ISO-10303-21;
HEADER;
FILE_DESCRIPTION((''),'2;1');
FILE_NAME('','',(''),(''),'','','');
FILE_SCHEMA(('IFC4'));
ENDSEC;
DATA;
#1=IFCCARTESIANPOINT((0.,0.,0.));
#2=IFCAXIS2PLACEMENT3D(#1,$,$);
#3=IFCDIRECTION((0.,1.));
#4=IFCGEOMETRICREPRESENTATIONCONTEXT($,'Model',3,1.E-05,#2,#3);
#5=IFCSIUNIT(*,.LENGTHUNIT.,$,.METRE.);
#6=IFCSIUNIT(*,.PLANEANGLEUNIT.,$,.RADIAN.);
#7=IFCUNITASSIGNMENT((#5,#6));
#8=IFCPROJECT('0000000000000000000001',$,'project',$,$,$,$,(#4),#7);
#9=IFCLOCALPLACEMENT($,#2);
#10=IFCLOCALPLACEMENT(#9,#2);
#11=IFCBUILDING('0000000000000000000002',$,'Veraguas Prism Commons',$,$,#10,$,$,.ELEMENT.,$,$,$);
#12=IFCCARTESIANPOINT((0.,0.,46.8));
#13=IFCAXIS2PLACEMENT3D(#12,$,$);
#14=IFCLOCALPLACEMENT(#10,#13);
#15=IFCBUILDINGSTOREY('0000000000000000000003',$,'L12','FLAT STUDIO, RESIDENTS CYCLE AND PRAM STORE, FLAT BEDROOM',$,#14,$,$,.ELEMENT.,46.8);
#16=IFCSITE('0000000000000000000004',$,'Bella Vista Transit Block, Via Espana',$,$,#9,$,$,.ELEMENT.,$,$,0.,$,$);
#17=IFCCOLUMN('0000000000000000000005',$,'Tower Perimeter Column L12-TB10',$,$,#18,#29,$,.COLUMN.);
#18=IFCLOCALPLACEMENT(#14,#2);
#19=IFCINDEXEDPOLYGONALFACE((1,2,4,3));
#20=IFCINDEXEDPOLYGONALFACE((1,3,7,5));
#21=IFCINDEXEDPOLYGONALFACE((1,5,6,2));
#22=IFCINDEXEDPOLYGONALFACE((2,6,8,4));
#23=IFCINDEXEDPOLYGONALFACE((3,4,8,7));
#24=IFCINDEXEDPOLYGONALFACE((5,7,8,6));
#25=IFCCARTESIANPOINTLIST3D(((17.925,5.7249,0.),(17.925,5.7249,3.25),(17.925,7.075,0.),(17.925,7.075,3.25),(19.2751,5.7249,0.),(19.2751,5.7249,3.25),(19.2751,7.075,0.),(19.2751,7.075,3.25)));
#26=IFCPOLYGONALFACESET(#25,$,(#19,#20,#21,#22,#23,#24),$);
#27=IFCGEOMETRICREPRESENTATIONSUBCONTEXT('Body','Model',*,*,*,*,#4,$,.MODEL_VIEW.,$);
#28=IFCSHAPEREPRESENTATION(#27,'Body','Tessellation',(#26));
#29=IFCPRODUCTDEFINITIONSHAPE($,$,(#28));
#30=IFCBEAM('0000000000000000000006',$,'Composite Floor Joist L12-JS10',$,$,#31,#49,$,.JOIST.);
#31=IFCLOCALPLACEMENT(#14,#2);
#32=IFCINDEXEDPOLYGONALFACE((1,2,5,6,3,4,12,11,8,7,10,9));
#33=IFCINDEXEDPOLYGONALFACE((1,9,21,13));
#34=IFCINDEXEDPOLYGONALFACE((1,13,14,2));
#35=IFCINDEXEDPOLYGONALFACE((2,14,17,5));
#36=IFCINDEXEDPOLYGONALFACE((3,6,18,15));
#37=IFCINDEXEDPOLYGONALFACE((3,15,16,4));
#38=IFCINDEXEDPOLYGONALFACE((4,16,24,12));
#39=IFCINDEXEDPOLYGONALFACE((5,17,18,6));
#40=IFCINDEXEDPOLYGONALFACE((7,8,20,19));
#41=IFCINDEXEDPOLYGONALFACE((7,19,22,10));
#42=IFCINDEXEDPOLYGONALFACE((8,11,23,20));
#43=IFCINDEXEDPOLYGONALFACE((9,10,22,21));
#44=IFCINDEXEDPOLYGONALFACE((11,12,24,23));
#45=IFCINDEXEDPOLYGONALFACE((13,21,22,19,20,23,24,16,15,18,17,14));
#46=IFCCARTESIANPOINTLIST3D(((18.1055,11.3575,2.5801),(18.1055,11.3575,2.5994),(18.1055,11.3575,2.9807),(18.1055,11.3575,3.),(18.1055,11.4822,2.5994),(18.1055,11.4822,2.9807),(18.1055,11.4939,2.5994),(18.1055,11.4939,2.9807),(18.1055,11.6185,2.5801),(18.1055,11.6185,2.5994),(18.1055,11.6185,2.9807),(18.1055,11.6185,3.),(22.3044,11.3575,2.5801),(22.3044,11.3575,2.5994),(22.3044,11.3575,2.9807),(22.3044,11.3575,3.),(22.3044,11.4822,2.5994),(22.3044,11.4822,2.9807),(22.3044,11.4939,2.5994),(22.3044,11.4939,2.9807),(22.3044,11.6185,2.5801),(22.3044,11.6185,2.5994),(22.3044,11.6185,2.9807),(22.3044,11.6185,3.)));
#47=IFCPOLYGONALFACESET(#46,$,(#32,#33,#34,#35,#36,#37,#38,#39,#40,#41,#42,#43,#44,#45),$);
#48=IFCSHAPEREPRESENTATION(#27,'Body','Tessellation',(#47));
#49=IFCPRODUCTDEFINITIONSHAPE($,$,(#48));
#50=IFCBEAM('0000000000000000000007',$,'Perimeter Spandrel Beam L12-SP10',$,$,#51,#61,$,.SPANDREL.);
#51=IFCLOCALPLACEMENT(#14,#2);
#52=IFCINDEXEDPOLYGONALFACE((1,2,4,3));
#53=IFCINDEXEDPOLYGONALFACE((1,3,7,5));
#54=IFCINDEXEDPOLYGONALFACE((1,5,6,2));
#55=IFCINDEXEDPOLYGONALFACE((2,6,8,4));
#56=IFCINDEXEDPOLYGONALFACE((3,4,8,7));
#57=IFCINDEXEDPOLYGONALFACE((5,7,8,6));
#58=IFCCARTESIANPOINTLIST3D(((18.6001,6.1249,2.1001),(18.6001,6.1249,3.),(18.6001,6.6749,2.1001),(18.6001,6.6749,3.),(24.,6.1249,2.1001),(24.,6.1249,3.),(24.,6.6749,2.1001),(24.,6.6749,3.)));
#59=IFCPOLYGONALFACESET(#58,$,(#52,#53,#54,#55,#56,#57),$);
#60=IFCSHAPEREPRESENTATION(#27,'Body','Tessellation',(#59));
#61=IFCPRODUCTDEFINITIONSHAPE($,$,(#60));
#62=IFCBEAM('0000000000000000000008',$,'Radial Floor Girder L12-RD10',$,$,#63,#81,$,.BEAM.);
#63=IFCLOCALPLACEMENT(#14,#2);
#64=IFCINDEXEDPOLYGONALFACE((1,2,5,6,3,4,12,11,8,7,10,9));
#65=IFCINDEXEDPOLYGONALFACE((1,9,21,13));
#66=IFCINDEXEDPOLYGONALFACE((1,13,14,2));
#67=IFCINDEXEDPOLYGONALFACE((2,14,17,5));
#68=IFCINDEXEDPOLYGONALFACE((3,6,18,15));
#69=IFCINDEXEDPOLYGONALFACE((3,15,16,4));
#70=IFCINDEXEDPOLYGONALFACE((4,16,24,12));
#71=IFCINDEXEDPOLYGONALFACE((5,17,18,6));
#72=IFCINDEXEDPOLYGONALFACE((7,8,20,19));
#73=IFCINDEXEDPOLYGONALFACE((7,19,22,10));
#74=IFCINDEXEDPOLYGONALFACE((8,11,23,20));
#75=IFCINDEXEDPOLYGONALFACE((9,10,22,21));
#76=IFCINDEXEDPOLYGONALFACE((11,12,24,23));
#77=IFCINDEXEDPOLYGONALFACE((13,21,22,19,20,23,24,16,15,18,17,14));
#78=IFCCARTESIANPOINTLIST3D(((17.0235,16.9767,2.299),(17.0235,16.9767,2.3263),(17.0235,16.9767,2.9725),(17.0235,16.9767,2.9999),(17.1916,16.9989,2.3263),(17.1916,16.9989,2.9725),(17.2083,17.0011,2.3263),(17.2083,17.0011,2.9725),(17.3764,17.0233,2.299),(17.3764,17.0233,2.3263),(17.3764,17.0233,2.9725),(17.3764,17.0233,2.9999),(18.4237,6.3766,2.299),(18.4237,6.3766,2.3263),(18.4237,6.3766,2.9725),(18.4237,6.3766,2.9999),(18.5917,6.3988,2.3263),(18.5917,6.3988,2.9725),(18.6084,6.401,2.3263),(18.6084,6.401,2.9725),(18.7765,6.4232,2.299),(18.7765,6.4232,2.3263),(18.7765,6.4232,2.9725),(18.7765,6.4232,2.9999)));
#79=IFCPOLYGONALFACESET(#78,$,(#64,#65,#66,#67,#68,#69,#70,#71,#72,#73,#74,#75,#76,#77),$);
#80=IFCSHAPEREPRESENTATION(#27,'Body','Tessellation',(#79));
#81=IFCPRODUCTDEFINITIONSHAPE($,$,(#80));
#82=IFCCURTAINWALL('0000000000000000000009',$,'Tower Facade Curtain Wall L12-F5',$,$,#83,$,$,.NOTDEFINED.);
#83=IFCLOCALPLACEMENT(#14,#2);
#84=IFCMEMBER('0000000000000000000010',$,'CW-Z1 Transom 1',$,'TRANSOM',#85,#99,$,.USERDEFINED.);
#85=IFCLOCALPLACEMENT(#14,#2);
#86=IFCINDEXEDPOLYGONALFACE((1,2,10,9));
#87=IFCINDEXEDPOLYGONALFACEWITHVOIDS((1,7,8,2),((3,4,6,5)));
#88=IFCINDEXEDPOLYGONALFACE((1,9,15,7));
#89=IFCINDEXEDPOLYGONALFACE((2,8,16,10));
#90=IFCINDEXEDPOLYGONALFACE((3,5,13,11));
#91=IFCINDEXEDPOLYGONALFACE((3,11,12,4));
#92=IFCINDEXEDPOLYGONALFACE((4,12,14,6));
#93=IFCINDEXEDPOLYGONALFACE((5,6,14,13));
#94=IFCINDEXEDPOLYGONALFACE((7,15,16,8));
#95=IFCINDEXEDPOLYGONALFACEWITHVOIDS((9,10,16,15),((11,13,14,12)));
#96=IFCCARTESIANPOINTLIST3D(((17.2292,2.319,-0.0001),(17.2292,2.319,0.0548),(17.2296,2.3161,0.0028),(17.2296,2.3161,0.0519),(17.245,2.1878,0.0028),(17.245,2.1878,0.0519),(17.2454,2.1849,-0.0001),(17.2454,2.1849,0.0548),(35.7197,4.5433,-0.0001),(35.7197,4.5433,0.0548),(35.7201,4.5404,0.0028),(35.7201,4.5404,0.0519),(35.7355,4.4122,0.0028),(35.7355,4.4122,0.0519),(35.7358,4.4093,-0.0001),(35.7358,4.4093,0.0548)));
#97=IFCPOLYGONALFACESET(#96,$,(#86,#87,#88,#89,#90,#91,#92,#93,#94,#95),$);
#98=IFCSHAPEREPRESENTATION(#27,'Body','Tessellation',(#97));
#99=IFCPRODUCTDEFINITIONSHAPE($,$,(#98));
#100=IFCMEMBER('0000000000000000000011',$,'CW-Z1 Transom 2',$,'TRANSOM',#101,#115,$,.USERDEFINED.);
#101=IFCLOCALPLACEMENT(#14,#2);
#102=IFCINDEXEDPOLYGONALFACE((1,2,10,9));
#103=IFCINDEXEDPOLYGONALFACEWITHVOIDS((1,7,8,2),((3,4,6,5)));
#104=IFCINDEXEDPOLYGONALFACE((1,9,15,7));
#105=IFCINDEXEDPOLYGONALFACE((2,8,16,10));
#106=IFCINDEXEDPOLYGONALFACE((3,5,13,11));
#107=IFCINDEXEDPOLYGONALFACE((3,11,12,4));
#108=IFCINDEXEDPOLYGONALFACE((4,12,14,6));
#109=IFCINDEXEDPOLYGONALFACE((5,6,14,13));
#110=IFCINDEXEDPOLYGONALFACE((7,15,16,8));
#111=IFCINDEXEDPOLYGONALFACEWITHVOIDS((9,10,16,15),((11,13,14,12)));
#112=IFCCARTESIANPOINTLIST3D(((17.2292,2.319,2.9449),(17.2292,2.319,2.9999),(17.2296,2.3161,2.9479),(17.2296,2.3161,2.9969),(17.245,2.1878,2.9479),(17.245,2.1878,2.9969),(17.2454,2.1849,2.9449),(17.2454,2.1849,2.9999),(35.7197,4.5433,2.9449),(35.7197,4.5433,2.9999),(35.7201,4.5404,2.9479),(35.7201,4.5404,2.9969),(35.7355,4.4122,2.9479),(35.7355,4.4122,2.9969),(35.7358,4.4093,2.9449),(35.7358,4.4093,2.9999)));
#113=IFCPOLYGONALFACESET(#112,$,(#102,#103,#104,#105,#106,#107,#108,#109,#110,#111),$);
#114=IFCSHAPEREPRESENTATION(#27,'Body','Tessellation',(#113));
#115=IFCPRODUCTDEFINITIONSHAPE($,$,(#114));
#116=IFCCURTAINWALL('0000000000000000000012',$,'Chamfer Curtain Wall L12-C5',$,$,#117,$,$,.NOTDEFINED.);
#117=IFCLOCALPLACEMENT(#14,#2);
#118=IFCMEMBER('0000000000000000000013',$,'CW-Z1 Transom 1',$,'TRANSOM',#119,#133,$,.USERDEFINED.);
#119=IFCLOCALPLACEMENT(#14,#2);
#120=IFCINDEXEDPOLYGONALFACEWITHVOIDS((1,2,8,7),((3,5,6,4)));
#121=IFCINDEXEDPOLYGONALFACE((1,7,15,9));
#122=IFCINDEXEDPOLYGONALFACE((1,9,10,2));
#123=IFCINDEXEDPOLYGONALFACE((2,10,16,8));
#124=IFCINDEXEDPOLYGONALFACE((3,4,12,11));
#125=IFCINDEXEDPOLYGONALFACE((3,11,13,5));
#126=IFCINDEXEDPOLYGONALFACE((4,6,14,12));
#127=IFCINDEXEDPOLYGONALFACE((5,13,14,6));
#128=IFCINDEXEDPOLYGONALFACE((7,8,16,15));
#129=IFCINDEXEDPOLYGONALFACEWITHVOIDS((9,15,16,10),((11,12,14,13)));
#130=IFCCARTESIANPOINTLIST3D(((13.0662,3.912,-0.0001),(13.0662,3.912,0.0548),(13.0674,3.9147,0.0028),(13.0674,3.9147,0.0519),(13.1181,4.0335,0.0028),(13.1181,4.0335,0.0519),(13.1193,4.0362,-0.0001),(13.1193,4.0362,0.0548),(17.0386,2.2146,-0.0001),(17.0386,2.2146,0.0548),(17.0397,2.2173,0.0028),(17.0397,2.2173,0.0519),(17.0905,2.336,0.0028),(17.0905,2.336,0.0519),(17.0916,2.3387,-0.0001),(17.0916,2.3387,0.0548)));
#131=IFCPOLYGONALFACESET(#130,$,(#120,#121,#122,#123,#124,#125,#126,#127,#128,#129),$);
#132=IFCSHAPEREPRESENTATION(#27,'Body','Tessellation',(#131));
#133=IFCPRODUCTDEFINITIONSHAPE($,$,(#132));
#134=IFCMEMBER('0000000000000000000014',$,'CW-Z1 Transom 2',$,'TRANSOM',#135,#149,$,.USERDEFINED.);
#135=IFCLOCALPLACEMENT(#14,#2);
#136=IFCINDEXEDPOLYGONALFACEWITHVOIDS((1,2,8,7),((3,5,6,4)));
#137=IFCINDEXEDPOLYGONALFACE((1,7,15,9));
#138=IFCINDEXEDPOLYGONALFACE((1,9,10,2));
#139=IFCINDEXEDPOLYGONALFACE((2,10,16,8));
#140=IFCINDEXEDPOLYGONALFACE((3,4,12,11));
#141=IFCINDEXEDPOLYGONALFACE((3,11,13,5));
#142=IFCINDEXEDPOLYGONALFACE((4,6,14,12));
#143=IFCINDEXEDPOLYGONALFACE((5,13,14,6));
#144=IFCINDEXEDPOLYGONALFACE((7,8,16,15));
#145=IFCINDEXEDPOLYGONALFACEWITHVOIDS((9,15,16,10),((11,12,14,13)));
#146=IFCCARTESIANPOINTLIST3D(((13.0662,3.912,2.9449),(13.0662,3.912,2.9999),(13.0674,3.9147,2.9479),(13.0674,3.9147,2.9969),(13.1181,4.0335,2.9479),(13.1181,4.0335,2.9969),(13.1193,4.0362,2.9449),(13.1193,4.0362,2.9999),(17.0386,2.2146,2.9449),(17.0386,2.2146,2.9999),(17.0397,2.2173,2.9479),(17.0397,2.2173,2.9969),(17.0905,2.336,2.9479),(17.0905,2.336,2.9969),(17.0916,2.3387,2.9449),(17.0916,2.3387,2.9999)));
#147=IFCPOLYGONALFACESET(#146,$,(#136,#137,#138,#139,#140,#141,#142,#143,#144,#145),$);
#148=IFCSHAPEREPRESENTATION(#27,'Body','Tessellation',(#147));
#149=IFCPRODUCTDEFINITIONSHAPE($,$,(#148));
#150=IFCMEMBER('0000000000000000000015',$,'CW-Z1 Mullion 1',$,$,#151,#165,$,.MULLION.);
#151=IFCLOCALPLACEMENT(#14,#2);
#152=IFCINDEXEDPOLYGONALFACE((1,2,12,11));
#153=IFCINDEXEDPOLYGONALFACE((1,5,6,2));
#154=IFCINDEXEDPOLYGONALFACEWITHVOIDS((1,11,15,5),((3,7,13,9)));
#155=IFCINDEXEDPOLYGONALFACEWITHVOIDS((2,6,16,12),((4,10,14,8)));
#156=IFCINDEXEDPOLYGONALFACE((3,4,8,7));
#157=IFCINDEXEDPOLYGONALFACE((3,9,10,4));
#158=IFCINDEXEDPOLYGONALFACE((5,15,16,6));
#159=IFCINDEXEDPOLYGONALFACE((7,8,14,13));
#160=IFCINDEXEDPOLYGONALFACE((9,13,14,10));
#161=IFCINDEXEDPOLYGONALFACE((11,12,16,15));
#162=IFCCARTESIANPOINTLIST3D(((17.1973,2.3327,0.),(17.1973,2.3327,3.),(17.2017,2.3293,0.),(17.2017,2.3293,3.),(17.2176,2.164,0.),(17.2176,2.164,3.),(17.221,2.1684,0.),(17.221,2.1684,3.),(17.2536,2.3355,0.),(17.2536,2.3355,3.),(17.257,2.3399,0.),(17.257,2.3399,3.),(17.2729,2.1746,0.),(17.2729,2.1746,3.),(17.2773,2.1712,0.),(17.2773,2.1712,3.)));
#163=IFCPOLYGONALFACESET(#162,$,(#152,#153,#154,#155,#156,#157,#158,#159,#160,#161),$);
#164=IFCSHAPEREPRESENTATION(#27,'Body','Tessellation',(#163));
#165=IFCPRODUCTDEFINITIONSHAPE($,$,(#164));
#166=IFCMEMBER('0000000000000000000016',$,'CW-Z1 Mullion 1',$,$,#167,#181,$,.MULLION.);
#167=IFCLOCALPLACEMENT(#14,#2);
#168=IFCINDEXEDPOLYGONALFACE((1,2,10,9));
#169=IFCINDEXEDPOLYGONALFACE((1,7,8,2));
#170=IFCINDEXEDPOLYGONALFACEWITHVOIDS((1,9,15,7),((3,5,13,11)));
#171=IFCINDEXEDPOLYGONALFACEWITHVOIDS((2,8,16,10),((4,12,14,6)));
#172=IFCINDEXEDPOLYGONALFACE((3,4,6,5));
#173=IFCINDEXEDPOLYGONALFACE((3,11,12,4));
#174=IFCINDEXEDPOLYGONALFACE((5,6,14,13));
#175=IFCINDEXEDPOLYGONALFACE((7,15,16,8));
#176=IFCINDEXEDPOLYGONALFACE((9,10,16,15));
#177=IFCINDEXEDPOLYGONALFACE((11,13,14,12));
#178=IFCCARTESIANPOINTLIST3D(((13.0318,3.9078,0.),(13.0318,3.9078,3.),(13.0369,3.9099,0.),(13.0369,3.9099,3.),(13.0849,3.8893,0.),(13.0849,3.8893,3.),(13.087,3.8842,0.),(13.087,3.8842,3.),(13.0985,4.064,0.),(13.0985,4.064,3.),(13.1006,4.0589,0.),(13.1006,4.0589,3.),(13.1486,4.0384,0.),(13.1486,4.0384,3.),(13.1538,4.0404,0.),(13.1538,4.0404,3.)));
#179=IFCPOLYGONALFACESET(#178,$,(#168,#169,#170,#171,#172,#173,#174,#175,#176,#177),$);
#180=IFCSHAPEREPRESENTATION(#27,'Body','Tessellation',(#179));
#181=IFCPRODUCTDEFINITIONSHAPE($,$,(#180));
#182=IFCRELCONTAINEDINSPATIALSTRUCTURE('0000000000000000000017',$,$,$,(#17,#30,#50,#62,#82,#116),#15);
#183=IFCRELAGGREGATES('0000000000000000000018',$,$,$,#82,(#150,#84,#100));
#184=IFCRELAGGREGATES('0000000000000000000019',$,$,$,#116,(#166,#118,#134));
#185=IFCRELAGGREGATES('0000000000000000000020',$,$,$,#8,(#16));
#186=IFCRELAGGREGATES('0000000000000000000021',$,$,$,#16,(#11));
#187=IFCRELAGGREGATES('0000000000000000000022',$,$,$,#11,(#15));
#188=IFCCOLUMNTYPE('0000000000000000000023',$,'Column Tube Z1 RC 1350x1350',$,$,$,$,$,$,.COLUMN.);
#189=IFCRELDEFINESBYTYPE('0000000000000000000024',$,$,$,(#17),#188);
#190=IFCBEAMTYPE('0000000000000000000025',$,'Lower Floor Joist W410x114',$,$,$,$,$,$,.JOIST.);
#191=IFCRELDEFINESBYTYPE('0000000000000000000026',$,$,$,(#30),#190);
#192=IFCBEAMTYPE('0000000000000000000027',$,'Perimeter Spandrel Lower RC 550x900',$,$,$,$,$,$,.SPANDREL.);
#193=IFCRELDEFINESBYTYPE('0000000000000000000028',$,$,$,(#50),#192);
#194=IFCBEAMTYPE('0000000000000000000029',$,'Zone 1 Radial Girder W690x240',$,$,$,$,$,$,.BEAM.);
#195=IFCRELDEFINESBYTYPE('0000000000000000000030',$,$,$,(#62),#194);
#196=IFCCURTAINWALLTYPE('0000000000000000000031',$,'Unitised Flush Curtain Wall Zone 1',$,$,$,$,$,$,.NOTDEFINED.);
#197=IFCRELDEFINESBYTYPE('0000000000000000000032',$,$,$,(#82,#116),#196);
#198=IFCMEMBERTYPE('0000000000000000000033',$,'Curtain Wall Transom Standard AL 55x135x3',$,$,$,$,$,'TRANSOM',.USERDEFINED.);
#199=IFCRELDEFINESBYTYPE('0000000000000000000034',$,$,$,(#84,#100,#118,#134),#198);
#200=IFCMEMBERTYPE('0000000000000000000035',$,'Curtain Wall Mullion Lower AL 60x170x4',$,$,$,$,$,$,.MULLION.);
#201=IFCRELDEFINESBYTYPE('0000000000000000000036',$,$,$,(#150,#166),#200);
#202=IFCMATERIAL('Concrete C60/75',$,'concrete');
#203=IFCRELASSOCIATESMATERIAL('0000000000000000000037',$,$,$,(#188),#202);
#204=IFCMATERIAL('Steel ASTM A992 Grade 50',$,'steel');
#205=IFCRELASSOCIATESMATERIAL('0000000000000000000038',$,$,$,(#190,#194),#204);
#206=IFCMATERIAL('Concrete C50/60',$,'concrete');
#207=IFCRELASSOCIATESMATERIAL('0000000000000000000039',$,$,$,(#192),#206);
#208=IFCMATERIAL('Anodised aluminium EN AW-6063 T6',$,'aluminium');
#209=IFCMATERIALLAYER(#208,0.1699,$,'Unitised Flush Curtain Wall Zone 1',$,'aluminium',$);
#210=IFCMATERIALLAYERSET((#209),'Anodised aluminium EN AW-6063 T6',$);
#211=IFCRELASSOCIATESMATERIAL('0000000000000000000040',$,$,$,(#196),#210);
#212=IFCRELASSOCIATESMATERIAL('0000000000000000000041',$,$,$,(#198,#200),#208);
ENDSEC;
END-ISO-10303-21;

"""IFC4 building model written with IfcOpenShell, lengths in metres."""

from ifc_helpers import new_model, si_unit, direction, frame, origin, origin_2d, place, context, subcontext, project, spatial, rectangle, hollow_rectangle, i_section, extrude, source, transform, mapped, material, layer, layer_set, material_profile, profile_set, type_object, element, aggregate, save


model = new_model("IFC4")

# Units and contexts
model_context = context("Model", 3, precision=1e-05, world=origin(), true_north=direction((0.0, 1.0)))
body_context = subcontext(model_context, "Body", "Model", "MODEL_VIEW")
ifc_project = project(units=[si_unit("LENGTHUNIT", "METRE"), si_unit("PLANEANGLEUNIT", "RADIAN")], contexts=[model_context])

# Site, building, storey
site_placement = place(None, origin())
site = spatial("IfcSite", under=ifc_project, at=site_placement, Name="Bella Vista Transit Block, Via Espana", CompositionType="ELEMENT", RefElevation=0.0)
building_placement = place(site_placement, origin())
building = spatial("IfcBuilding", under=site, at=building_placement, Name="Veraguas Prism Commons", CompositionType="ELEMENT")
storey_placement = place(building_placement, frame((0.0, 0.0, 46.8)))
storey = spatial("IfcBuildingStorey", under=building, at=storey_placement, Name="L12", Description="FLAT STUDIO, RESIDENTS CYCLE AND PRAM STORE, FLAT BEDROOM", CompositionType="ELEMENT", Elevation=46.8)

# Column
ifc_material_1 = material(Name="Concrete C60/75", Category="concrete")
ifc_material_profile_1 = material_profile(ifc_material_1, rectangle(XDim=1.3501, YDim=1.3501, at=origin_2d()), Name="RC1350X1350")
ifc_profile_set_1 = profile_set([ifc_material_profile_1], Name="Concrete C60/75")
column_type = type_object("IfcColumnType", Name="Column Tube Z1 RC 1350x1350", PredefinedType="COLUMN", material=ifc_profile_set_1)
column_placement = place(storey_placement, frame((18.6001, 6.3999, 0.0), z_axis=(0.0, 0.0, 1.0), x_axis=(1.0, 0.0, 0.0)))
element("IfcColumn", 1, at=column_placement, inside=storey, type_object=column_type, Name="Tower Perimeter Column L12-TB10", PredefinedType="COLUMN", context=body_context, shape_type="SweptSolid", body=[
    extrude(rectangle(XDim=1.3501, YDim=1.3501, at=origin_2d()), origin(), (0.0, 0.0, 1.0), 3.25),
])

# Beams
ifc_material_2 = material(Name="Steel ASTM A992 Grade 50", Category="steel")
ifc_material_profile_2 = material_profile(ifc_material_2, i_section(OverallWidth=0.261, OverallDepth=0.4199, WebThickness=0.0117, FlangeThickness=0.0193, at=origin_2d()), Name="W410X114")
ifc_profile_set_2 = profile_set([ifc_material_profile_2], Name="Steel ASTM A992 Grade 50")
beam_type_1 = type_object("IfcBeamType", Name="Lower Floor Joist W410x114", PredefinedType="JOIST", material=ifc_profile_set_2)
beam_1_placement = place(storey_placement, frame((18.1055, 11.488, 2.79), z_axis=(1.0, 0.0, 0.0), x_axis=(0.0, 1.0, 0.0)))
element("IfcBeam", 2, at=beam_1_placement, inside=storey, type_object=beam_type_1, Name="Composite Floor Joist L12-JS10", PredefinedType="JOIST", context=body_context, shape_type="SweptSolid", body=[
    extrude(i_section(OverallWidth=0.261, OverallDepth=0.4199, WebThickness=0.0117, FlangeThickness=0.0193, at=origin_2d()), origin(), (0.0, 0.0, 1.0), 4.199),
])
ifc_material_3 = material(Name="Concrete C50/60", Category="concrete")
ifc_material_profile_3 = material_profile(ifc_material_3, rectangle(XDim=0.55, YDim=0.8999, at=origin_2d()), Name="RC550X900")
ifc_profile_set_3 = profile_set([ifc_material_profile_3], Name="Concrete C50/60")
beam_type_2 = type_object("IfcBeamType", Name="Perimeter Spandrel Lower RC 550x900", PredefinedType="SPANDREL", material=ifc_profile_set_3)
beam_2_placement = place(storey_placement, frame((18.6001, 6.3999, 2.55), z_axis=(1.0, 0.0, 0.0), x_axis=(0.0, 1.0, 0.0)))
element("IfcBeam", 3, at=beam_2_placement, inside=storey, type_object=beam_type_2, Name="Perimeter Spandrel Beam L12-SP10", PredefinedType="SPANDREL", context=body_context, shape_type="SweptSolid", body=[
    extrude(rectangle(XDim=0.55, YDim=0.8999, at=origin_2d()), origin(), (0.0, 0.0, 1.0), 5.3999),
])
ifc_material_profile_4 = material_profile(ifc_material_2, i_section(OverallWidth=0.356, OverallDepth=0.7009, WebThickness=0.0168, FlangeThickness=0.0273, at=origin_2d()), Name="W690X240")
ifc_profile_set_4 = profile_set([ifc_material_profile_4], Name="Steel ASTM A992 Grade 50")
beam_type_3 = type_object("IfcBeamType", Name="Zone 1 Radial Girder W690x240", PredefinedType="BEAM", material=ifc_profile_set_4)
beam_3_placement = place(storey_placement, frame((18.6001, 6.3999, 2.6494), z_axis=(-0.130951, 0.991389, 0.0), x_axis=(-0.991389, -0.130951, 0.0)))
element("IfcBeam", 4, at=beam_3_placement, inside=storey, type_object=beam_type_3, Name="Radial Floor Girder L12-RD10", PredefinedType="BEAM", context=body_context, shape_type="SweptSolid", body=[
    extrude(i_section(OverallWidth=0.356, OverallDepth=0.7009, WebThickness=0.0168, FlangeThickness=0.0273, at=origin_2d()), origin(), (0.0, 0.0, 1.0), 10.6921),
])

# Curtain walls, members
ifc_material_4 = material(Name="Anodised aluminium EN AW-6063 T6", Category="aluminium")
ifc_layer_1 = layer(ifc_material_4, 0.1699, Name="Unitised Flush Curtain Wall Zone 1", Category="aluminium")
ifc_layer_set_1 = layer_set([ifc_layer_1], Name="Anodised aluminium EN AW-6063 T6")
curtain_wall_type = type_object("IfcCurtainWallType", Name="Unitised Flush Curtain Wall Zone 1", PredefinedType="NOTDEFINED", material=ifc_layer_set_1)
curtain_wall_1_placement = place(storey_placement, origin())
curtain_wall_1 = element("IfcCurtainWall", 5, at=curtain_wall_1_placement, inside=storey, type_object=curtain_wall_type, Name="Tower Facade Curtain Wall L12-F5", PredefinedType="NOTDEFINED")
ifc_material_profile_5 = material_profile(ifc_material_4, hollow_rectangle(XDim=0.0549, YDim=0.135, WallThickness=0.0029, at=origin_2d()), Name="AL55X135X3")
ifc_profile_set_5 = profile_set([ifc_material_profile_5], Name="Anodised aluminium EN AW-6063 T6")
member_type_1 = type_object("IfcMemberType", Name="Curtain Wall Transom Standard AL 55x135x3", ElementType="TRANSOM", PredefinedType="USERDEFINED", material=ifc_profile_set_5)
shared_shape_1 = source(origin(), body_context, "Body", "SweptSolid", [
    extrude(hollow_rectangle(XDim=0.0549, YDim=0.135, WallThickness=0.0029, at=origin_2d()), origin(), (0.0, 0.0, 1.0), 18.6238),
])
member_1_placement = place(storey_placement, frame((17.2373, 2.252, 0.0273), z_axis=(0.992842, 0.119437, 0.0), x_axis=(0.0, 0.0, 1.0)))
member_1 = element("IfcMember", 6, at=member_1_placement, type_object=member_type_1, Name="CW-Z1 Transom 1", ObjectType="TRANSOM", PredefinedType="USERDEFINED", context=body_context, shape_type="MappedRepresentation", body=[
    mapped(shared_shape_1, transform((0.0, 0.0, 0.0), scale=1.0)),
])
member_2_placement = place(storey_placement, frame((17.2373, 2.252, 2.9724), z_axis=(0.992842, 0.119437, 0.0), x_axis=(0.0, 0.0, 1.0)))
member_2 = element("IfcMember", 7, at=member_2_placement, type_object=member_type_1, Name="CW-Z1 Transom 2", ObjectType="TRANSOM", PredefinedType="USERDEFINED", context=body_context, shape_type="MappedRepresentation", body=[
    mapped(shared_shape_1, transform((0.0, 0.0, 0.0), scale=1.0)),
])
curtain_wall_2_placement = place(storey_placement, origin())
curtain_wall_2 = element("IfcCurtainWall", 8, at=curtain_wall_2_placement, inside=storey, type_object=curtain_wall_type, Name="Chamfer Curtain Wall L12-C5", PredefinedType="NOTDEFINED")
shared_shape_2 = source(origin(), body_context, "Body", "SweptSolid", [
    extrude(hollow_rectangle(XDim=0.0549, YDim=0.135, WallThickness=0.0029, at=origin_2d()), origin(), (0.0, 0.0, 1.0), 4.3198),
])
member_3_placement = place(storey_placement, frame((13.0928, 3.9741, 0.0273), z_axis=(0.91956, -0.392951, 0.0), x_axis=(0.0, 0.0, 1.0)))
member_3 = element("IfcMember", 9, at=member_3_placement, type_object=member_type_1, Name="CW-Z1 Transom 1", ObjectType="TRANSOM", PredefinedType="USERDEFINED", context=body_context, shape_type="MappedRepresentation", body=[
    mapped(shared_shape_2, transform((0.0, 0.0, 0.0), scale=1.0)),
])
member_4_placement = place(storey_placement, frame((13.0928, 3.9741, 2.9724), z_axis=(0.91956, -0.392951, 0.0), x_axis=(0.0, 0.0, 1.0)))
member_4 = element("IfcMember", 10, at=member_4_placement, type_object=member_type_1, Name="CW-Z1 Transom 2", ObjectType="TRANSOM", PredefinedType="USERDEFINED", context=body_context, shape_type="MappedRepresentation", body=[
    mapped(shared_shape_2, transform((0.0, 0.0, 0.0), scale=1.0)),
])

# Members
ifc_material_profile_6 = material_profile(ifc_material_4, hollow_rectangle(XDim=0.0601, YDim=0.1699, WallThickness=0.0039, at=origin_2d()), Name="AL60X170X4")
ifc_profile_set_6 = profile_set([ifc_material_profile_6], Name="Anodised aluminium EN AW-6063 T6")
member_type_2 = type_object("IfcMemberType", Name="Curtain Wall Mullion Lower AL 60x170x4", PredefinedType="MULLION", material=ifc_profile_set_6)
shared_shape_3 = source(origin(), body_context, "Body", "SweptSolid", [
    extrude(hollow_rectangle(XDim=0.0601, YDim=0.1699, WallThickness=0.0039, at=origin_2d()), origin(), (0.0, 0.0, 1.0), 3.0),
])
member_5_placement = place(storey_placement, frame((17.2373, 2.252, 0.0), z_axis=(0.0, 0.0, 1.0), x_axis=(0.992841, 0.11944, 0.0)))
member_5 = element("IfcMember", 11, at=member_5_placement, type_object=member_type_2, Name="CW-Z1 Mullion 1", PredefinedType="MULLION", context=body_context, shape_type="MappedRepresentation", body=[
    mapped(shared_shape_3, transform((0.0, 0.0, 0.0), scale=1.0)),
])
member_6_placement = place(storey_placement, frame((13.0928, 3.9741, 0.0), z_axis=(0.0, 0.0, 1.0), x_axis=(0.919551, -0.392971, 0.0)))
member_6 = element("IfcMember", 12, at=member_6_placement, type_object=member_type_2, Name="CW-Z1 Mullion 1", PredefinedType="MULLION", context=body_context, shape_type="MappedRepresentation", body=[
    mapped(shared_shape_3, transform((0.0, 0.0, 0.0), scale=1.0)),
])

aggregate(curtain_wall_1, [member_5, member_1, member_2])
aggregate(curtain_wall_2, [member_6, member_3, member_4])

save(model, "model.ifc")
